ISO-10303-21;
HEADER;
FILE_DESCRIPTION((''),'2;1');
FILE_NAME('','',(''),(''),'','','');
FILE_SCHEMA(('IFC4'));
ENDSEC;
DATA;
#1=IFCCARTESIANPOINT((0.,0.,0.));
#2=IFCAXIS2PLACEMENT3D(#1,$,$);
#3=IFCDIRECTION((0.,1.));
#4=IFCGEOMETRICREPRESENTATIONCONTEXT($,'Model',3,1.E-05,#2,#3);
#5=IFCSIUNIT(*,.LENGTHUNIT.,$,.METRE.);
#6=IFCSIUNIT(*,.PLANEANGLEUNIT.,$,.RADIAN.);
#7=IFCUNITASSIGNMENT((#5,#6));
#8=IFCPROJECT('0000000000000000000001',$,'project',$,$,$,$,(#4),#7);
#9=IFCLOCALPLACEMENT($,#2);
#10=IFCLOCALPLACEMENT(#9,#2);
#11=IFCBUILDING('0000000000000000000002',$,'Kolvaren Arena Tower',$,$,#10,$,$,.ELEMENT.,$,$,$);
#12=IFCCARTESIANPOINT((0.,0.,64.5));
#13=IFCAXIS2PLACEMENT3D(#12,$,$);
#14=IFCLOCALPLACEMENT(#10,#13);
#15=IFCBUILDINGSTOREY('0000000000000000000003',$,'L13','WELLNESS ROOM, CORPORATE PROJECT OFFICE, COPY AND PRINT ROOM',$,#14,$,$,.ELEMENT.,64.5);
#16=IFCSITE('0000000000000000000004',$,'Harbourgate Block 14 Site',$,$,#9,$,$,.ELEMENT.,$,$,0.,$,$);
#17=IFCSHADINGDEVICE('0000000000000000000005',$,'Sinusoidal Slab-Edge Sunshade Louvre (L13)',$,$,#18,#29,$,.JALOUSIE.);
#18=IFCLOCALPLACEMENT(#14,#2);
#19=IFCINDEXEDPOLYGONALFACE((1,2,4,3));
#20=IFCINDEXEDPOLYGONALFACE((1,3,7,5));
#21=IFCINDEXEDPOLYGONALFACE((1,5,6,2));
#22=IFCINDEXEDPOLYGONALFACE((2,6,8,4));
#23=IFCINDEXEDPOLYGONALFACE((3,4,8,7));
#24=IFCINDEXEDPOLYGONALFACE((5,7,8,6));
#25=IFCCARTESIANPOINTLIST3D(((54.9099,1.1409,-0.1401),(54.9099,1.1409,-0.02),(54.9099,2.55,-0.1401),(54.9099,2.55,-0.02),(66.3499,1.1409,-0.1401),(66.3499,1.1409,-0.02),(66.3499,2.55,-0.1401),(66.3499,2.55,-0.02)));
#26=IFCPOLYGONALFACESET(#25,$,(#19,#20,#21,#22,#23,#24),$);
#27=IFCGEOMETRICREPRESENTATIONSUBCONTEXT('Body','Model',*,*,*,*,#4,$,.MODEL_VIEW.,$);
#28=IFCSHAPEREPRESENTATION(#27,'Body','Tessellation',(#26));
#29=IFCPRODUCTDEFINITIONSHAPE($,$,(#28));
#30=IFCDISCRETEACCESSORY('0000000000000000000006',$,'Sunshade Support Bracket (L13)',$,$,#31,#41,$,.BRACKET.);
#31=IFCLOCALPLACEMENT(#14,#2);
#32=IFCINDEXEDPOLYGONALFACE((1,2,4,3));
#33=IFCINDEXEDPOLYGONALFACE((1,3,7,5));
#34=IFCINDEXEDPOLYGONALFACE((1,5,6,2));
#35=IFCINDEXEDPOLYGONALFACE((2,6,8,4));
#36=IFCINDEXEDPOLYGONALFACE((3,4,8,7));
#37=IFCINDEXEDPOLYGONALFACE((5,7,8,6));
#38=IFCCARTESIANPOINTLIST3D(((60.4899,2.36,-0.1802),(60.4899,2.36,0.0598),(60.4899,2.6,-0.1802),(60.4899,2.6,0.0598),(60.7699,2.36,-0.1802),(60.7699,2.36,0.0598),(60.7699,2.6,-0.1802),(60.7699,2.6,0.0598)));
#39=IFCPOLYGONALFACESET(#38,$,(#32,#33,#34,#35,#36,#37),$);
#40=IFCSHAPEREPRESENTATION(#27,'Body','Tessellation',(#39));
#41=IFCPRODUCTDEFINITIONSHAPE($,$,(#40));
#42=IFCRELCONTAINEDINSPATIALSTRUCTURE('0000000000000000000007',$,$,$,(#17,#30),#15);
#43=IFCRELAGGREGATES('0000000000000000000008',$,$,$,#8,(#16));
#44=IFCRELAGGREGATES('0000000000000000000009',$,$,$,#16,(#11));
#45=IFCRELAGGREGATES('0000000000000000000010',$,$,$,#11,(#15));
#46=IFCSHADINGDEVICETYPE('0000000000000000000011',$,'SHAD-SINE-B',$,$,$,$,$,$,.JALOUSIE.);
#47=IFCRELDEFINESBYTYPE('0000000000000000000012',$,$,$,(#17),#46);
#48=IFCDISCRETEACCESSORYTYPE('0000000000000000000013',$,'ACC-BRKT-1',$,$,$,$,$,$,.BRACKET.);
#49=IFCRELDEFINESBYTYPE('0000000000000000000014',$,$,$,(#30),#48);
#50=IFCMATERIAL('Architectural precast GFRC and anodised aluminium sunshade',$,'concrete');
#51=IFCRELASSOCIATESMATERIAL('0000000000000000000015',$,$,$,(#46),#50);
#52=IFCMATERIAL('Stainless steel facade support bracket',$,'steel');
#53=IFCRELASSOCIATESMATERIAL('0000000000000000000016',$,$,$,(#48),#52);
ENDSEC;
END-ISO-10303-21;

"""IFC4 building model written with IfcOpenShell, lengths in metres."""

from ifc_helpers import new_model, si_unit, direction, frame, origin, origin_2d, place, context, subcontext, project, spatial, rectangle, extrude, material, type_object, element, save


model = new_model("IFC4")

# Units and contexts
model_context = context("Model", 3, precision=1e-05, world=origin(), true_north=direction((0.0, 1.0)))
body_context = subcontext(model_context, "Body", "Model", "MODEL_VIEW")
ifc_project = project(units=[si_unit("LENGTHUNIT", "METRE"), si_unit("PLANEANGLEUNIT", "RADIAN")], contexts=[model_context])

# Site, building, storey
site_placement = place(None, origin())
site = spatial("IfcSite", under=ifc_project, at=site_placement, Name="Harbourgate Block 14 Site", CompositionType="ELEMENT", RefElevation=0.0)
building_placement = place(site_placement, origin())
building = spatial("IfcBuilding", under=site, at=building_placement, Name="Kolvaren Arena Tower", CompositionType="ELEMENT")
storey_placement = place(building_placement, frame((0.0, 0.0, 64.5)))
storey = spatial("IfcBuildingStorey", under=building, at=storey_placement, Name="L13", Description="WELLNESS ROOM, CORPORATE PROJECT OFFICE, COPY AND PRINT ROOM", CompositionType="ELEMENT", Elevation=64.5)

# Shading device
ifc_material_1 = material(Name="Architectural precast GFRC and anodised aluminium sunshade", Category="concrete")
shading_device_type = type_object("IfcShadingDeviceType", Name="SHAD-SINE-B", PredefinedType="JALOUSIE", material=ifc_material_1)
shading_device_placement = place(storey_placement, frame((60.6299, 1.8455, -0.1401), z_axis=(0.0, 0.0, 1.0), x_axis=(-1.0, 0.0, 0.0)))
element("IfcShadingDevice", 1, at=shading_device_placement, inside=storey, type_object=shading_device_type, Name="Sinusoidal Slab-Edge Sunshade Louvre (L13)", PredefinedType="JALOUSIE", context=body_context, shape_type="SweptSolid", body=[
    extrude(rectangle(XDim=11.4399, YDim=1.4092, at=origin_2d()), origin(), (0.0, 0.0, 1.0), 0.1201),
])

# Discrete accessory
ifc_material_2 = material(Name="Stainless steel facade support bracket", Category="steel")
discrete_accessory_type = type_object("IfcDiscreteAccessoryType", Name="ACC-BRKT-1", PredefinedType="BRACKET", material=ifc_material_2)
discrete_accessory_placement = place(storey_placement, frame((60.6299, 2.48, -0.1802), z_axis=(0.0, 0.0, 1.0), x_axis=(-1.0, 0.0, 0.0)))
element("IfcDiscreteAccessory", 2, at=discrete_accessory_placement, inside=storey, type_object=discrete_accessory_type, Name="Sunshade Support Bracket (L13)", PredefinedType="BRACKET", context=body_context, shape_type="SweptSolid", body=[
    extrude(rectangle(XDim=0.28, YDim=0.24, at=origin_2d()), origin(), (0.0, 0.0, 1.0), 0.24),
])

save(model, "model.ifc")
